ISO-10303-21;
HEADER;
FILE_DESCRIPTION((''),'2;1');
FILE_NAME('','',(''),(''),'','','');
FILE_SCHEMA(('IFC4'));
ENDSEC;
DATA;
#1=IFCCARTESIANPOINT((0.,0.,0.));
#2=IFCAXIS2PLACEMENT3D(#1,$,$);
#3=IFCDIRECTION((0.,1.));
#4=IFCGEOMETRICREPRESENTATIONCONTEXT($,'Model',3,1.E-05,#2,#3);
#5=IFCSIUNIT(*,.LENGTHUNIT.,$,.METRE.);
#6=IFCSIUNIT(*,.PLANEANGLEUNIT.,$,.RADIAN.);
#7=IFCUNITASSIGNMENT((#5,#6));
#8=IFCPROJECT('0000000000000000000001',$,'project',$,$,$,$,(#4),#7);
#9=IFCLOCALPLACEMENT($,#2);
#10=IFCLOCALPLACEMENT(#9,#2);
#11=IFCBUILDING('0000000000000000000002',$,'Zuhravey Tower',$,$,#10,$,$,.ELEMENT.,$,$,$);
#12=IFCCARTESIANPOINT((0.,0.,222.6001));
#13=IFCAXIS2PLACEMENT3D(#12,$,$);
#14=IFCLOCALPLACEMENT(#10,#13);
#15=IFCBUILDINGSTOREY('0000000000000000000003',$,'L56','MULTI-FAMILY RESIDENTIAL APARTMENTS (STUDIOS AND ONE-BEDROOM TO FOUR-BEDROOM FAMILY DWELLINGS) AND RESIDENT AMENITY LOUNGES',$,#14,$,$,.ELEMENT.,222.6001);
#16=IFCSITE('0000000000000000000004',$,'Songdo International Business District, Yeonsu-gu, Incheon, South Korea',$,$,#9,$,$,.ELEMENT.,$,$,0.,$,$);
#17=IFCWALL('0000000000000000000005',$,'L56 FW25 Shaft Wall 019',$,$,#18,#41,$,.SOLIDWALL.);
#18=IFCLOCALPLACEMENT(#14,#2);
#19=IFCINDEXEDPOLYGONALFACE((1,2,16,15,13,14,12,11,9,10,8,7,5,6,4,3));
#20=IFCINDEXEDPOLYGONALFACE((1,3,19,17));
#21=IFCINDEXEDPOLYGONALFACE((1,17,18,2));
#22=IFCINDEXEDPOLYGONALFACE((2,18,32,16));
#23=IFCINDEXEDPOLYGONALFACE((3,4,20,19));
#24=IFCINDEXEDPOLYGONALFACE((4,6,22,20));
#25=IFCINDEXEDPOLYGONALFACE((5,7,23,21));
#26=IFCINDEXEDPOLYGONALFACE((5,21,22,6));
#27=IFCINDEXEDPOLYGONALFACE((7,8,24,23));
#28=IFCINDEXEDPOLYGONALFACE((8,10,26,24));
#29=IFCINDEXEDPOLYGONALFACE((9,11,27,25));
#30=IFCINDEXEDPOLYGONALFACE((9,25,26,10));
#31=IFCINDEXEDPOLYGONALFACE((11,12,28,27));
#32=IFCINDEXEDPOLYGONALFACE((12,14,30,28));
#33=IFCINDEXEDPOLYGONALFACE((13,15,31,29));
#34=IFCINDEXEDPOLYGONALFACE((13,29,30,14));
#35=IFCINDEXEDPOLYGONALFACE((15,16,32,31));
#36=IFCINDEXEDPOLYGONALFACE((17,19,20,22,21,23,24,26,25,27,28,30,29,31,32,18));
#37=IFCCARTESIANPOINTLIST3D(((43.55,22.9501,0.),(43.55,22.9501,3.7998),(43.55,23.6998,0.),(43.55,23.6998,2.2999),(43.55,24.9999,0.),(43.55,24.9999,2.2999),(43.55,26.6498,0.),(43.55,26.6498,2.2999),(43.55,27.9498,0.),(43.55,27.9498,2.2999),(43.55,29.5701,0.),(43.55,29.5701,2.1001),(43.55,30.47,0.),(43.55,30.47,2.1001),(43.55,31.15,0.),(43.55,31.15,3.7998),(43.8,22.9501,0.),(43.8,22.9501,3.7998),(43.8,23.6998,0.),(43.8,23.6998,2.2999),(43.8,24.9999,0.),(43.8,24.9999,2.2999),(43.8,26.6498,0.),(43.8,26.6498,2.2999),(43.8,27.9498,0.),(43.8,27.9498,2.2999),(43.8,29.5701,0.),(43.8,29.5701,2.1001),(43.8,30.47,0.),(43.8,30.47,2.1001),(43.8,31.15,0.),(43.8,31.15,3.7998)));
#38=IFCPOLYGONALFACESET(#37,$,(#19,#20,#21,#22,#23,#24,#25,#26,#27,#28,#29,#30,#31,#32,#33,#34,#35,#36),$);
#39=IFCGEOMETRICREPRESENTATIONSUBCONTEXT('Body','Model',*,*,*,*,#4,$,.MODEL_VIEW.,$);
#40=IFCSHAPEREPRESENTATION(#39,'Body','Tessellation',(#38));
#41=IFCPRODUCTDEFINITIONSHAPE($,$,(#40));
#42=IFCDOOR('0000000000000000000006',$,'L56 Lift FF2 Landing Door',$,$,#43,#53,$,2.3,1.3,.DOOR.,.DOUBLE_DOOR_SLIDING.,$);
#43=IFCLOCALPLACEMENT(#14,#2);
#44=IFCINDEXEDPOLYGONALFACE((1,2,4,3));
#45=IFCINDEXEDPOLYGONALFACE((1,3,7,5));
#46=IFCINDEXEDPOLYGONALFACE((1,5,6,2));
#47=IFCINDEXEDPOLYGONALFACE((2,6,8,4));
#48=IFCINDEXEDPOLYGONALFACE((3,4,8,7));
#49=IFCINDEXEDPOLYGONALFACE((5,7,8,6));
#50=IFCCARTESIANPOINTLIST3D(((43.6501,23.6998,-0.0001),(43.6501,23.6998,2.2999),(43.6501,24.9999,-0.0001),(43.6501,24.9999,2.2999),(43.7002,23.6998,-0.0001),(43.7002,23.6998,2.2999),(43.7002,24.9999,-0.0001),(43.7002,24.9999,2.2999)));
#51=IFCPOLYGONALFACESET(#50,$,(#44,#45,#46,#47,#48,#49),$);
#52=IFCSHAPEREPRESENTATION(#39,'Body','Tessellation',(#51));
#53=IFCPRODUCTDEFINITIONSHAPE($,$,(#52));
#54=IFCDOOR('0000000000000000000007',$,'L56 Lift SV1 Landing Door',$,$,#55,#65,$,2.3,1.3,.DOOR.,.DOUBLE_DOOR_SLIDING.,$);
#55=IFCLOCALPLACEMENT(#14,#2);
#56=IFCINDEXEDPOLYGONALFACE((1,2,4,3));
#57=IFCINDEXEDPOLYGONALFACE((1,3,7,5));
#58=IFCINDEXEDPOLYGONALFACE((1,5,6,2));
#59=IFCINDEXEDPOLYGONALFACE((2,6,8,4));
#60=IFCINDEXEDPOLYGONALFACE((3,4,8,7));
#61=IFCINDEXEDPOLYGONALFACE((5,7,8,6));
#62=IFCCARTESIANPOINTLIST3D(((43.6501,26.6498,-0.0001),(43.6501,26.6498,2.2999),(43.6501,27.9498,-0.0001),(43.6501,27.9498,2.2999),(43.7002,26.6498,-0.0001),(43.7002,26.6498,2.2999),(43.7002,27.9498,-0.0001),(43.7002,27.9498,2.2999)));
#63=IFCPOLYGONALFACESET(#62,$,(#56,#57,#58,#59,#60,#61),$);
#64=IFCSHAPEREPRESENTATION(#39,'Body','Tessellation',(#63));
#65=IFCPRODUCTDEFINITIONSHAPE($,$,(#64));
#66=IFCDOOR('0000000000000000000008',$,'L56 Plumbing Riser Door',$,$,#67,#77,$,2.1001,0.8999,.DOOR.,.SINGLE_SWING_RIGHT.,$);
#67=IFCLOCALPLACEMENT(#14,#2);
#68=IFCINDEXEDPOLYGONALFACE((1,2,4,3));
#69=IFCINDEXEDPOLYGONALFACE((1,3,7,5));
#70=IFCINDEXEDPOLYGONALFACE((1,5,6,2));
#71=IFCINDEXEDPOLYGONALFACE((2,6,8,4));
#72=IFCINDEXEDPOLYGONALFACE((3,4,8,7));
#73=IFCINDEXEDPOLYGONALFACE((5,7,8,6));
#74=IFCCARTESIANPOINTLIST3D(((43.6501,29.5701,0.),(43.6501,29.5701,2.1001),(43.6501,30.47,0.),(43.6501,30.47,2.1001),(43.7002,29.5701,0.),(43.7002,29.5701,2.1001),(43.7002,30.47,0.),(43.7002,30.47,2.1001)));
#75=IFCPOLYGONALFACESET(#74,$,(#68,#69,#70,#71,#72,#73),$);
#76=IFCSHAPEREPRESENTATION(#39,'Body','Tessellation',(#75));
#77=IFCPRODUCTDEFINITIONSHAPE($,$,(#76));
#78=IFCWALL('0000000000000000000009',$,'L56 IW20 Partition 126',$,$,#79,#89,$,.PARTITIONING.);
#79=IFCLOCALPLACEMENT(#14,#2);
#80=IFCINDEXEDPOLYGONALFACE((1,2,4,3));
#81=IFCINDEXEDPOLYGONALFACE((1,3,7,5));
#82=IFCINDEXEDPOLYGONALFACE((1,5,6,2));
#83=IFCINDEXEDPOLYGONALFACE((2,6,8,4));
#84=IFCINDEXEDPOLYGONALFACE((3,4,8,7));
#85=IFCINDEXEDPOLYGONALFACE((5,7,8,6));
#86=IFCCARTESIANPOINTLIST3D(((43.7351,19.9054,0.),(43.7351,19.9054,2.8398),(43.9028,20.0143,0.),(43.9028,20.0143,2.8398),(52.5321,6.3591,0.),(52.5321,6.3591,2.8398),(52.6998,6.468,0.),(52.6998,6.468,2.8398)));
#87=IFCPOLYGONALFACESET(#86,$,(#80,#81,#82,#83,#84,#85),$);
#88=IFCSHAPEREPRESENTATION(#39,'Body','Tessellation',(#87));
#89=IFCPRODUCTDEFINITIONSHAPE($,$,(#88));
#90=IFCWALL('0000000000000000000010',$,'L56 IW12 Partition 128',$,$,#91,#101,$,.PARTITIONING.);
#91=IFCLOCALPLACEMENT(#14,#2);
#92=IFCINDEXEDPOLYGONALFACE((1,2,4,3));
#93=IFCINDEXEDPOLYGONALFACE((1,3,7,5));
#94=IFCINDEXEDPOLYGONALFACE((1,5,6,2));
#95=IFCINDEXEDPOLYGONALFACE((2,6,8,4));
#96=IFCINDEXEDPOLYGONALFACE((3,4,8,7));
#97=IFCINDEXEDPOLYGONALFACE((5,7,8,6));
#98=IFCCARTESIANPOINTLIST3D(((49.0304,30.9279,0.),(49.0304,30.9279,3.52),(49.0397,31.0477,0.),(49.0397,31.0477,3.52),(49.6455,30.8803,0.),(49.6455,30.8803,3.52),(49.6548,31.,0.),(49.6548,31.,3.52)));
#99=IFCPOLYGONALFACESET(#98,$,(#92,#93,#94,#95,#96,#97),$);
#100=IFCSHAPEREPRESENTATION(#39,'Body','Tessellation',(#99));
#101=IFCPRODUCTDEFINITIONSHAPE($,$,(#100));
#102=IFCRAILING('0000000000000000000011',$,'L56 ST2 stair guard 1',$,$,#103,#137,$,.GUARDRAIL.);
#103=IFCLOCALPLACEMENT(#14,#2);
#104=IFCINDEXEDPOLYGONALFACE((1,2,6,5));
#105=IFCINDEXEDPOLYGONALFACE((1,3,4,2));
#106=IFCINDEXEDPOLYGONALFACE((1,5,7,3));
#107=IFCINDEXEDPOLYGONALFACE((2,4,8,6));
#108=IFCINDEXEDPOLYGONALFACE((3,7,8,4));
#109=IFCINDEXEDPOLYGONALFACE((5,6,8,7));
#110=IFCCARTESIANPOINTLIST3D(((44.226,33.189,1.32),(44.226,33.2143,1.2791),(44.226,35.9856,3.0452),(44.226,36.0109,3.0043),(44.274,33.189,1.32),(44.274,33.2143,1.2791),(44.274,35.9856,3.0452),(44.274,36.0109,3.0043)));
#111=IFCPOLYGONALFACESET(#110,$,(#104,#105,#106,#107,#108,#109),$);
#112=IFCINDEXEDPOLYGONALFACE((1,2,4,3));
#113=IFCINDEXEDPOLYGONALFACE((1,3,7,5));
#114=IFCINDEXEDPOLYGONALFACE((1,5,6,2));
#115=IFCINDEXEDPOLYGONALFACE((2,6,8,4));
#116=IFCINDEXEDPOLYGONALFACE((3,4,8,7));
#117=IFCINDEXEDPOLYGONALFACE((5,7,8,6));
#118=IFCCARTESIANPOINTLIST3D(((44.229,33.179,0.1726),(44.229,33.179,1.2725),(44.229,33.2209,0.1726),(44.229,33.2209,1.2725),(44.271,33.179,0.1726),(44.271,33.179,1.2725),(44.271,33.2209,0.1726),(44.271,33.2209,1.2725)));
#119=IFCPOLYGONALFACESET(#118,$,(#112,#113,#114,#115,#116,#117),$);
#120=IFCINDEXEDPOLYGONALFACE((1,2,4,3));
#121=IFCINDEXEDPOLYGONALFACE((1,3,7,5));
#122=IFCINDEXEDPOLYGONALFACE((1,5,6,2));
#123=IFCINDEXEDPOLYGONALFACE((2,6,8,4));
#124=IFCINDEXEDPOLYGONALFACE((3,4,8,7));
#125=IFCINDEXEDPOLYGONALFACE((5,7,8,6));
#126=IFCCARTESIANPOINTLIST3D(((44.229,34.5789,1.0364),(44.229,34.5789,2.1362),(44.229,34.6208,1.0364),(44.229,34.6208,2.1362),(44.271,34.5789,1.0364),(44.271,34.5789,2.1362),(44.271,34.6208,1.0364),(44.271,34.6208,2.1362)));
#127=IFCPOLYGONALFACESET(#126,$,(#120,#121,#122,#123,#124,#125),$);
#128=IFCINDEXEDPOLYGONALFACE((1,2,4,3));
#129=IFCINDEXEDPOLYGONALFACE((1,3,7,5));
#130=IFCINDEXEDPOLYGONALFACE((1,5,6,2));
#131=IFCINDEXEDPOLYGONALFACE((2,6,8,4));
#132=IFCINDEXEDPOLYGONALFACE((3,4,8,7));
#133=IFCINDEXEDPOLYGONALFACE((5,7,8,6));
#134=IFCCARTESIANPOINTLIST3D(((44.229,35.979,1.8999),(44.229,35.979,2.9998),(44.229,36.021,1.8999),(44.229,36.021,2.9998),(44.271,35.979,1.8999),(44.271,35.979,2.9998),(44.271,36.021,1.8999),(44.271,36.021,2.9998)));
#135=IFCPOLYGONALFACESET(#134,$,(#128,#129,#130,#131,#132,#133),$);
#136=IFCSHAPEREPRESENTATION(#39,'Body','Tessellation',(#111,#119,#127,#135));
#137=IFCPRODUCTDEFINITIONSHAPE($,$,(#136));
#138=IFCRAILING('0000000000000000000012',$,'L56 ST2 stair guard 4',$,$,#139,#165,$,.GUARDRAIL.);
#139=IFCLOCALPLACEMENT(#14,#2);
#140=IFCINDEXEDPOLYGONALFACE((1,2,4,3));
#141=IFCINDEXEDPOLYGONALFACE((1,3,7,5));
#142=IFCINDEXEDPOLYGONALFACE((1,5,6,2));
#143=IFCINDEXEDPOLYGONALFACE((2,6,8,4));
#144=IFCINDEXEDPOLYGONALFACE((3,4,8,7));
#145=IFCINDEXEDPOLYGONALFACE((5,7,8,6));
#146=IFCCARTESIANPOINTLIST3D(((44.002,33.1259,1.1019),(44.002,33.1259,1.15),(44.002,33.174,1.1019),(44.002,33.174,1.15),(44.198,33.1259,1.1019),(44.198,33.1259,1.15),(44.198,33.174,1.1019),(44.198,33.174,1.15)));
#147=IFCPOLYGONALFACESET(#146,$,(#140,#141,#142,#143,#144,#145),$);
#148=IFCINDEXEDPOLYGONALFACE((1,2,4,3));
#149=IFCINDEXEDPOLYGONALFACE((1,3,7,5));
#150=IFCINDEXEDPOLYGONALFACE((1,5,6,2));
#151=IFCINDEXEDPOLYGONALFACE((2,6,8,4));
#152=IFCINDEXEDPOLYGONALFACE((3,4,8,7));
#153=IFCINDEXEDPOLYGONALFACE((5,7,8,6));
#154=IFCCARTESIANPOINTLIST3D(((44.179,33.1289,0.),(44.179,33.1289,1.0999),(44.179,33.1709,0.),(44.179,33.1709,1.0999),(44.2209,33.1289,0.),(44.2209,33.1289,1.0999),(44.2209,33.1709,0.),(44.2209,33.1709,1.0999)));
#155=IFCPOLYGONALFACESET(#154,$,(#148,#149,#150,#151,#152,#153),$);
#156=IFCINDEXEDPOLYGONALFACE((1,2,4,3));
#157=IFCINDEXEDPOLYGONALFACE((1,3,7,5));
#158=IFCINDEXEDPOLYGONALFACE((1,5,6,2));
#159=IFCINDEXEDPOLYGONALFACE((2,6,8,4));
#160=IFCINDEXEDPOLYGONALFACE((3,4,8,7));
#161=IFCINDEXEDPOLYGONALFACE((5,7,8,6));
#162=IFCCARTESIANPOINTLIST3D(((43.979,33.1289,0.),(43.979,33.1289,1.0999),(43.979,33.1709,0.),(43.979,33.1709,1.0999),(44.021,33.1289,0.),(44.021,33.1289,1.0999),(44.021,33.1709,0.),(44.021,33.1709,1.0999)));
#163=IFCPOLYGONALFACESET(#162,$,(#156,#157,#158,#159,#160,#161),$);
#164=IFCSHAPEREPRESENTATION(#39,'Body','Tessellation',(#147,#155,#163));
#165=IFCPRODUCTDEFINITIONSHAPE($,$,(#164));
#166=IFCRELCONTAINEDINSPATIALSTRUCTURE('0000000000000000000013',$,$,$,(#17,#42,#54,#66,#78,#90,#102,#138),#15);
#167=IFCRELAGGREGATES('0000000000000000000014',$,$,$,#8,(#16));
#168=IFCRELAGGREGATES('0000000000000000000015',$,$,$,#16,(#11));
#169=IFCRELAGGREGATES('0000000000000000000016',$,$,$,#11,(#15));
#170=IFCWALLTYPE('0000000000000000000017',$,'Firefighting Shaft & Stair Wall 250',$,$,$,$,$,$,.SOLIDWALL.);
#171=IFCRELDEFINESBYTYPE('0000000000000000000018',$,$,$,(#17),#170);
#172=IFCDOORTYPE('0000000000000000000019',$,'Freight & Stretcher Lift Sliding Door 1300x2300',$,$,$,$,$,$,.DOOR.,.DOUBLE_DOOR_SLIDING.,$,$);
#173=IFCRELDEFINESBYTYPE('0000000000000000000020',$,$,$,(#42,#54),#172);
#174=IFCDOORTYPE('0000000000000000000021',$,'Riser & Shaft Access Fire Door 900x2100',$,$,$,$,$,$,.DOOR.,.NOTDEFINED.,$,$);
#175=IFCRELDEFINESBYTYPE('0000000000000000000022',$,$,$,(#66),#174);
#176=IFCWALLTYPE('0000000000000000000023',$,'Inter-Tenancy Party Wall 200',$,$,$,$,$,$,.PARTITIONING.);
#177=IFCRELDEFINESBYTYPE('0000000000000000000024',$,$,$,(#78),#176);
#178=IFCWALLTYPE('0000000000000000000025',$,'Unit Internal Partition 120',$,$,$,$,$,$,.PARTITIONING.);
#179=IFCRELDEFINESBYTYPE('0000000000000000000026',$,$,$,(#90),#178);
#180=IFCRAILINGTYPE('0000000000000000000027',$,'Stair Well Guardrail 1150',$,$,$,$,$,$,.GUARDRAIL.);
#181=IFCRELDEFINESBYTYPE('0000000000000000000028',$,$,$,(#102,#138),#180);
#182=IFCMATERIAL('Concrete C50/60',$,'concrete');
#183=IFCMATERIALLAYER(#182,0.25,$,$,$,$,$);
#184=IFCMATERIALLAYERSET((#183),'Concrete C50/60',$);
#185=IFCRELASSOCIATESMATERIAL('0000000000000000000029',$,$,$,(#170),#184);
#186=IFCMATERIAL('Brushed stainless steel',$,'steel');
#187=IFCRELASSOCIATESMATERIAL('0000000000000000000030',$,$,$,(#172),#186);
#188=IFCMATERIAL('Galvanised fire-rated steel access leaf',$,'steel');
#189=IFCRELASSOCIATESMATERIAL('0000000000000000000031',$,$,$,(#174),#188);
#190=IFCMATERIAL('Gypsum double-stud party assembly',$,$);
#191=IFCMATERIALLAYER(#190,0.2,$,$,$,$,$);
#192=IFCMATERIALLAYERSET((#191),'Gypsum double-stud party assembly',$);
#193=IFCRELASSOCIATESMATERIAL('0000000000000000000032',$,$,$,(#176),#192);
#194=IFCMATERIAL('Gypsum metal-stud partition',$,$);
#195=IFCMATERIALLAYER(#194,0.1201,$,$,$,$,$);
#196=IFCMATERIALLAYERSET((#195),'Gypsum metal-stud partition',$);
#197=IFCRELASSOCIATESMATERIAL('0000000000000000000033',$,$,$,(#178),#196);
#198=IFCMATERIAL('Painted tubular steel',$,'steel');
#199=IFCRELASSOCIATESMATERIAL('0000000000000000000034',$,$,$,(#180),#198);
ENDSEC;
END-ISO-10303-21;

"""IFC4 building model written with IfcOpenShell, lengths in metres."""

from ifc_helpers import new_model, si_unit, direction, frame, frame_2d, origin, origin_2d, place, context, subcontext, project, spatial, rectangle, extrude, material, layer, layer_set, type_object, element, fill, save


model = new_model("IFC4")

# Units and contexts
model_context = context("Model", 3, precision=1e-05, world=origin(), true_north=direction((0.0, 1.0)))
body_context = subcontext(model_context, "Body", "Model", "MODEL_VIEW")
ifc_project = project(units=[si_unit("LENGTHUNIT", "METRE"), si_unit("PLANEANGLEUNIT", "RADIAN")], contexts=[model_context])

# Site, building, storey
site_placement = place(None, origin())
site = spatial("IfcSite", under=ifc_project, at=site_placement, Name="Songdo International Business District, Yeonsu-gu, Incheon, South Korea", CompositionType="ELEMENT", RefElevation=0.0)
building_placement = place(site_placement, origin())
building = spatial("IfcBuilding", under=site, at=building_placement, Name="Zuhravey Tower", CompositionType="ELEMENT")
storey_placement = place(building_placement, frame((0.0, 0.0, 222.6001)))
storey = spatial("IfcBuildingStorey", under=building, at=storey_placement, Name="L56", Description="MULTI-FAMILY RESIDENTIAL APARTMENTS (STUDIOS AND ONE-BEDROOM TO FOUR-BEDROOM FAMILY DWELLINGS) AND RESIDENT AMENITY LOUNGES", CompositionType="ELEMENT", Elevation=222.6001)

# Shared definitions
ifc_material_1 = material(Name="Concrete C50/60", Category="concrete")
ifc_layer_1 = layer(ifc_material_1, 0.25)
ifc_layer_set_1 = layer_set([ifc_layer_1], Name="Concrete C50/60")
wall_type_1 = type_object("IfcWallType", Name="Firefighting Shaft & Stair Wall 250", PredefinedType="SOLIDWALL", material=ifc_layer_set_1)

# Wall, openings, doors
wall_1_placement = place(storey_placement, frame((43.675, 22.95, 0.0), z_axis=(0.0, 0.0, 1.0), x_axis=(0.0, 1.0, 0.0)))
wall_1 = element("IfcWall", 1, at=wall_1_placement, inside=storey, type_object=wall_type_1, Name="L56 FW25 Shaft Wall 019", PredefinedType="SOLIDWALL", context=body_context, shape_type="SweptSolid", body=[
    extrude(rectangle(XDim=8.2, YDim=0.25, at=frame_2d((4.1001, 0.0))), origin(), (0.0, 0.0, 1.0), 3.7998),
])
opening_1_placement = place(wall_1_placement, frame((0.75, 0.0, 0.0)))
opening_1 = element("IfcOpeningElement", 2, at=opening_1_placement, cuts=wall_1, PredefinedType="OPENING", context=body_context, shape_type="SweptSolid", body=[
    extrude(rectangle(XDim=1.3, YDim=2.3, at=frame_2d((0.6499, 1.1499))), frame((0.0, 0.137, 0.0), z_axis=(0.0, -1.0, 0.0), x_axis=(1.0, 0.0, 0.0)), (0.0, 0.0, 1.0), 0.2739),
])
opening_2_placement = place(wall_1_placement, frame((3.7, 0.0, 0.0)))
opening_2 = element("IfcOpeningElement", 3, at=opening_2_placement, cuts=wall_1, PredefinedType="OPENING", context=body_context, shape_type="SweptSolid", body=[
    extrude(rectangle(XDim=1.3, YDim=2.3, at=frame_2d((0.6499, 1.1499))), frame((0.0, 0.137, 0.0), z_axis=(0.0, -1.0, 0.0), x_axis=(1.0, 0.0, 0.0)), (0.0, 0.0, 1.0), 0.2739),
])
opening_3_placement = place(wall_1_placement, frame((6.6201, 0.0, 0.0)))
opening_3 = element("IfcOpeningElement", 4, at=opening_3_placement, cuts=wall_1, PredefinedType="OPENING", context=body_context, shape_type="SweptSolid", body=[
    extrude(rectangle(XDim=0.8999, YDim=2.1001, at=frame_2d((0.45, 1.05))), frame((0.0, 0.137, 0.0), z_axis=(0.0, -1.0, 0.0), x_axis=(1.0, 0.0, 0.0)), (0.0, 0.0, 1.0), 0.2739),
])
ifc_material_2 = material(Name="Brushed stainless steel", Category="steel")
door_type_1 = type_object("IfcDoorType", Name="Freight & Stretcher Lift Sliding Door 1300x2300", OperationType="DOUBLE_DOOR_SLIDING", PredefinedType="DOOR", material=ifc_material_2)
door_1_placement = place(opening_1_placement, origin())
door_1 = element("IfcDoor", 5, at=door_1_placement, inside=storey, type_object=door_type_1, Name="L56 Lift FF2 Landing Door", OperationType="DOUBLE_DOOR_SLIDING", OverallHeight=2.3, OverallWidth=1.3, PredefinedType="DOOR", context=body_context, shape_type="SweptSolid", body=[
    extrude(rectangle(XDim=1.3, YDim=2.3, at=frame_2d((0.6499, 1.1499))), frame((0.0, 0.0249, 0.0), z_axis=(0.0, -1.0, 0.0), x_axis=(1.0, 0.0, 0.0)), (0.0, 0.0, 1.0), 0.05),
])
fill(opening_1, door_1)
door_2_placement = place(opening_2_placement, origin())
door_2 = element("IfcDoor", 6, at=door_2_placement, inside=storey, type_object=door_type_1, Name="L56 Lift SV1 Landing Door", OperationType="DOUBLE_DOOR_SLIDING", OverallHeight=2.3, OverallWidth=1.3, PredefinedType="DOOR", context=body_context, shape_type="SweptSolid", body=[
    extrude(rectangle(XDim=1.3, YDim=2.3, at=frame_2d((0.6499, 1.1499))), frame((0.0, 0.0249, 0.0), z_axis=(0.0, -1.0, 0.0), x_axis=(1.0, 0.0, 0.0)), (0.0, 0.0, 1.0), 0.05),
])
fill(opening_2, door_2)
ifc_material_3 = material(Name="Galvanised fire-rated steel access leaf", Category="steel")
door_type_2 = type_object("IfcDoorType", Name="Riser & Shaft Access Fire Door 900x2100", OperationType="NOTDEFINED", PredefinedType="DOOR", material=ifc_material_3)
door_3_placement = place(opening_3_placement, origin())
door_3 = element("IfcDoor", 7, at=door_3_placement, inside=storey, type_object=door_type_2, Name="L56 Plumbing Riser Door", OperationType="SINGLE_SWING_RIGHT", OverallHeight=2.1001, OverallWidth=0.8999, PredefinedType="DOOR", context=body_context, shape_type="SweptSolid", body=[
    extrude(rectangle(XDim=0.8999, YDim=2.1001, at=frame_2d((0.45, 1.05))), frame((0.0, 0.0249, 0.0), z_axis=(0.0, -1.0, 0.0), x_axis=(1.0, 0.0, 0.0)), (0.0, 0.0, 1.0), 0.05),
])
fill(opening_3, door_3)

# Walls
ifc_material_4 = material(Name="Gypsum double-stud party assembly")
ifc_layer_2 = layer(ifc_material_4, 0.2)
ifc_layer_set_2 = layer_set([ifc_layer_2], Name="Gypsum double-stud party assembly")
wall_type_2 = type_object("IfcWallType", Name="Inter-Tenancy Party Wall 200", PredefinedType="PARTITIONING", material=ifc_layer_set_2)
wall_2_placement = place(storey_placement, frame((43.8188, 19.96, 0.0), z_axis=(0.0, 0.0, 1.0), x_axis=(0.544639, -0.838671, 0.0)))
element("IfcWall", 8, at=wall_2_placement, inside=storey, type_object=wall_type_2, Name="L56 IW20 Partition 126", PredefinedType="PARTITIONING", context=body_context, shape_type="SweptSolid", body=[
    extrude(rectangle(XDim=16.1521, YDim=0.2, at=frame_2d((8.0762, 0.0))), origin(), (0.0, 0.0, 1.0), 2.8398),
])
ifc_material_5 = material(Name="Gypsum metal-stud partition")
ifc_layer_3 = layer(ifc_material_5, 0.1201)
ifc_layer_set_3 = layer_set([ifc_layer_3], Name="Gypsum metal-stud partition")
wall_type_3 = type_object("IfcWallType", Name="Unit Internal Partition 120", PredefinedType="PARTITIONING", material=ifc_layer_set_3)
wall_3_placement = place(storey_placement, frame((49.0349, 30.9878, 0.0), z_axis=(0.0, 0.0, 1.0), x_axis=(0.997017, -0.077181, 0.0)))
element("IfcWall", 9, at=wall_3_placement, inside=storey, type_object=wall_type_3, Name="L56 IW12 Partition 128", PredefinedType="PARTITIONING", context=body_context, shape_type="SweptSolid", body=[
    extrude(rectangle(XDim=0.6169, YDim=0.1201, at=frame_2d((0.3086, 0.0))), origin(), (0.0, 0.0, 1.0), 3.52),
])

# Railings
ifc_material_6 = material(Name="Painted tubular steel", Category="steel")
railing_type = type_object("IfcRailingType", Name="Stair Well Guardrail 1150", PredefinedType="GUARDRAIL", material=ifc_material_6)
railing_1_placement = place(storey_placement, frame((44.25, 33.2, 0.1726)))
element("IfcRailing", 10, at=railing_1_placement, inside=storey, type_object=railing_type, Name="L56 ST2 stair guard 1", PredefinedType="GUARDRAIL", context=body_context, shape_type="SweptSolid", body=[
    extrude(rectangle(XDim=0.0481, YDim=0.0481, at=origin_2d()), frame((0.0, 0.0017, 1.127), z_axis=(0.0, 0.85109, 0.52502), x_axis=(-1.0, 0.0, 0.0)), (0.0, 0.0, 1.0), 3.2859),
    extrude(rectangle(XDim=0.042, YDim=0.042, at=origin_2d()), origin(), (0.0, 0.0, 1.0), 1.0999),
    extrude(rectangle(XDim=0.042, YDim=0.042, at=origin_2d()), frame((0.0, 1.3999, 0.8638)), (0.0, 0.0, 1.0), 1.0999),
    extrude(rectangle(XDim=0.042, YDim=0.042, at=origin_2d()), frame((0.0, 2.8, 1.7273)), (0.0, 0.0, 1.0), 1.0999),
])
railing_2_placement = place(storey_placement, frame((44.2, 33.1499, 0.0)))
element("IfcRailing", 11, at=railing_2_placement, inside=storey, type_object=railing_type, Name="L56 ST2 stair guard 4", PredefinedType="GUARDRAIL", context=body_context, shape_type="SweptSolid", body=[
    extrude(rectangle(XDim=0.0481, YDim=0.0481, at=origin_2d()), frame((-0.002, 0.0, 1.126), z_axis=(-1.0, 0.0, 0.0), x_axis=(0.0, -1.0, 0.0)), (0.0, 0.0, 1.0), 0.196),
    extrude(rectangle(XDim=0.042, YDim=0.042, at=origin_2d()), origin(), (0.0, 0.0, 1.0), 1.0999),
    extrude(rectangle(XDim=0.042, YDim=0.042, at=origin_2d()), frame((-0.2, 0.0, 0.0)), (0.0, 0.0, 1.0), 1.0999),
])

save(model, "model.ifc")
